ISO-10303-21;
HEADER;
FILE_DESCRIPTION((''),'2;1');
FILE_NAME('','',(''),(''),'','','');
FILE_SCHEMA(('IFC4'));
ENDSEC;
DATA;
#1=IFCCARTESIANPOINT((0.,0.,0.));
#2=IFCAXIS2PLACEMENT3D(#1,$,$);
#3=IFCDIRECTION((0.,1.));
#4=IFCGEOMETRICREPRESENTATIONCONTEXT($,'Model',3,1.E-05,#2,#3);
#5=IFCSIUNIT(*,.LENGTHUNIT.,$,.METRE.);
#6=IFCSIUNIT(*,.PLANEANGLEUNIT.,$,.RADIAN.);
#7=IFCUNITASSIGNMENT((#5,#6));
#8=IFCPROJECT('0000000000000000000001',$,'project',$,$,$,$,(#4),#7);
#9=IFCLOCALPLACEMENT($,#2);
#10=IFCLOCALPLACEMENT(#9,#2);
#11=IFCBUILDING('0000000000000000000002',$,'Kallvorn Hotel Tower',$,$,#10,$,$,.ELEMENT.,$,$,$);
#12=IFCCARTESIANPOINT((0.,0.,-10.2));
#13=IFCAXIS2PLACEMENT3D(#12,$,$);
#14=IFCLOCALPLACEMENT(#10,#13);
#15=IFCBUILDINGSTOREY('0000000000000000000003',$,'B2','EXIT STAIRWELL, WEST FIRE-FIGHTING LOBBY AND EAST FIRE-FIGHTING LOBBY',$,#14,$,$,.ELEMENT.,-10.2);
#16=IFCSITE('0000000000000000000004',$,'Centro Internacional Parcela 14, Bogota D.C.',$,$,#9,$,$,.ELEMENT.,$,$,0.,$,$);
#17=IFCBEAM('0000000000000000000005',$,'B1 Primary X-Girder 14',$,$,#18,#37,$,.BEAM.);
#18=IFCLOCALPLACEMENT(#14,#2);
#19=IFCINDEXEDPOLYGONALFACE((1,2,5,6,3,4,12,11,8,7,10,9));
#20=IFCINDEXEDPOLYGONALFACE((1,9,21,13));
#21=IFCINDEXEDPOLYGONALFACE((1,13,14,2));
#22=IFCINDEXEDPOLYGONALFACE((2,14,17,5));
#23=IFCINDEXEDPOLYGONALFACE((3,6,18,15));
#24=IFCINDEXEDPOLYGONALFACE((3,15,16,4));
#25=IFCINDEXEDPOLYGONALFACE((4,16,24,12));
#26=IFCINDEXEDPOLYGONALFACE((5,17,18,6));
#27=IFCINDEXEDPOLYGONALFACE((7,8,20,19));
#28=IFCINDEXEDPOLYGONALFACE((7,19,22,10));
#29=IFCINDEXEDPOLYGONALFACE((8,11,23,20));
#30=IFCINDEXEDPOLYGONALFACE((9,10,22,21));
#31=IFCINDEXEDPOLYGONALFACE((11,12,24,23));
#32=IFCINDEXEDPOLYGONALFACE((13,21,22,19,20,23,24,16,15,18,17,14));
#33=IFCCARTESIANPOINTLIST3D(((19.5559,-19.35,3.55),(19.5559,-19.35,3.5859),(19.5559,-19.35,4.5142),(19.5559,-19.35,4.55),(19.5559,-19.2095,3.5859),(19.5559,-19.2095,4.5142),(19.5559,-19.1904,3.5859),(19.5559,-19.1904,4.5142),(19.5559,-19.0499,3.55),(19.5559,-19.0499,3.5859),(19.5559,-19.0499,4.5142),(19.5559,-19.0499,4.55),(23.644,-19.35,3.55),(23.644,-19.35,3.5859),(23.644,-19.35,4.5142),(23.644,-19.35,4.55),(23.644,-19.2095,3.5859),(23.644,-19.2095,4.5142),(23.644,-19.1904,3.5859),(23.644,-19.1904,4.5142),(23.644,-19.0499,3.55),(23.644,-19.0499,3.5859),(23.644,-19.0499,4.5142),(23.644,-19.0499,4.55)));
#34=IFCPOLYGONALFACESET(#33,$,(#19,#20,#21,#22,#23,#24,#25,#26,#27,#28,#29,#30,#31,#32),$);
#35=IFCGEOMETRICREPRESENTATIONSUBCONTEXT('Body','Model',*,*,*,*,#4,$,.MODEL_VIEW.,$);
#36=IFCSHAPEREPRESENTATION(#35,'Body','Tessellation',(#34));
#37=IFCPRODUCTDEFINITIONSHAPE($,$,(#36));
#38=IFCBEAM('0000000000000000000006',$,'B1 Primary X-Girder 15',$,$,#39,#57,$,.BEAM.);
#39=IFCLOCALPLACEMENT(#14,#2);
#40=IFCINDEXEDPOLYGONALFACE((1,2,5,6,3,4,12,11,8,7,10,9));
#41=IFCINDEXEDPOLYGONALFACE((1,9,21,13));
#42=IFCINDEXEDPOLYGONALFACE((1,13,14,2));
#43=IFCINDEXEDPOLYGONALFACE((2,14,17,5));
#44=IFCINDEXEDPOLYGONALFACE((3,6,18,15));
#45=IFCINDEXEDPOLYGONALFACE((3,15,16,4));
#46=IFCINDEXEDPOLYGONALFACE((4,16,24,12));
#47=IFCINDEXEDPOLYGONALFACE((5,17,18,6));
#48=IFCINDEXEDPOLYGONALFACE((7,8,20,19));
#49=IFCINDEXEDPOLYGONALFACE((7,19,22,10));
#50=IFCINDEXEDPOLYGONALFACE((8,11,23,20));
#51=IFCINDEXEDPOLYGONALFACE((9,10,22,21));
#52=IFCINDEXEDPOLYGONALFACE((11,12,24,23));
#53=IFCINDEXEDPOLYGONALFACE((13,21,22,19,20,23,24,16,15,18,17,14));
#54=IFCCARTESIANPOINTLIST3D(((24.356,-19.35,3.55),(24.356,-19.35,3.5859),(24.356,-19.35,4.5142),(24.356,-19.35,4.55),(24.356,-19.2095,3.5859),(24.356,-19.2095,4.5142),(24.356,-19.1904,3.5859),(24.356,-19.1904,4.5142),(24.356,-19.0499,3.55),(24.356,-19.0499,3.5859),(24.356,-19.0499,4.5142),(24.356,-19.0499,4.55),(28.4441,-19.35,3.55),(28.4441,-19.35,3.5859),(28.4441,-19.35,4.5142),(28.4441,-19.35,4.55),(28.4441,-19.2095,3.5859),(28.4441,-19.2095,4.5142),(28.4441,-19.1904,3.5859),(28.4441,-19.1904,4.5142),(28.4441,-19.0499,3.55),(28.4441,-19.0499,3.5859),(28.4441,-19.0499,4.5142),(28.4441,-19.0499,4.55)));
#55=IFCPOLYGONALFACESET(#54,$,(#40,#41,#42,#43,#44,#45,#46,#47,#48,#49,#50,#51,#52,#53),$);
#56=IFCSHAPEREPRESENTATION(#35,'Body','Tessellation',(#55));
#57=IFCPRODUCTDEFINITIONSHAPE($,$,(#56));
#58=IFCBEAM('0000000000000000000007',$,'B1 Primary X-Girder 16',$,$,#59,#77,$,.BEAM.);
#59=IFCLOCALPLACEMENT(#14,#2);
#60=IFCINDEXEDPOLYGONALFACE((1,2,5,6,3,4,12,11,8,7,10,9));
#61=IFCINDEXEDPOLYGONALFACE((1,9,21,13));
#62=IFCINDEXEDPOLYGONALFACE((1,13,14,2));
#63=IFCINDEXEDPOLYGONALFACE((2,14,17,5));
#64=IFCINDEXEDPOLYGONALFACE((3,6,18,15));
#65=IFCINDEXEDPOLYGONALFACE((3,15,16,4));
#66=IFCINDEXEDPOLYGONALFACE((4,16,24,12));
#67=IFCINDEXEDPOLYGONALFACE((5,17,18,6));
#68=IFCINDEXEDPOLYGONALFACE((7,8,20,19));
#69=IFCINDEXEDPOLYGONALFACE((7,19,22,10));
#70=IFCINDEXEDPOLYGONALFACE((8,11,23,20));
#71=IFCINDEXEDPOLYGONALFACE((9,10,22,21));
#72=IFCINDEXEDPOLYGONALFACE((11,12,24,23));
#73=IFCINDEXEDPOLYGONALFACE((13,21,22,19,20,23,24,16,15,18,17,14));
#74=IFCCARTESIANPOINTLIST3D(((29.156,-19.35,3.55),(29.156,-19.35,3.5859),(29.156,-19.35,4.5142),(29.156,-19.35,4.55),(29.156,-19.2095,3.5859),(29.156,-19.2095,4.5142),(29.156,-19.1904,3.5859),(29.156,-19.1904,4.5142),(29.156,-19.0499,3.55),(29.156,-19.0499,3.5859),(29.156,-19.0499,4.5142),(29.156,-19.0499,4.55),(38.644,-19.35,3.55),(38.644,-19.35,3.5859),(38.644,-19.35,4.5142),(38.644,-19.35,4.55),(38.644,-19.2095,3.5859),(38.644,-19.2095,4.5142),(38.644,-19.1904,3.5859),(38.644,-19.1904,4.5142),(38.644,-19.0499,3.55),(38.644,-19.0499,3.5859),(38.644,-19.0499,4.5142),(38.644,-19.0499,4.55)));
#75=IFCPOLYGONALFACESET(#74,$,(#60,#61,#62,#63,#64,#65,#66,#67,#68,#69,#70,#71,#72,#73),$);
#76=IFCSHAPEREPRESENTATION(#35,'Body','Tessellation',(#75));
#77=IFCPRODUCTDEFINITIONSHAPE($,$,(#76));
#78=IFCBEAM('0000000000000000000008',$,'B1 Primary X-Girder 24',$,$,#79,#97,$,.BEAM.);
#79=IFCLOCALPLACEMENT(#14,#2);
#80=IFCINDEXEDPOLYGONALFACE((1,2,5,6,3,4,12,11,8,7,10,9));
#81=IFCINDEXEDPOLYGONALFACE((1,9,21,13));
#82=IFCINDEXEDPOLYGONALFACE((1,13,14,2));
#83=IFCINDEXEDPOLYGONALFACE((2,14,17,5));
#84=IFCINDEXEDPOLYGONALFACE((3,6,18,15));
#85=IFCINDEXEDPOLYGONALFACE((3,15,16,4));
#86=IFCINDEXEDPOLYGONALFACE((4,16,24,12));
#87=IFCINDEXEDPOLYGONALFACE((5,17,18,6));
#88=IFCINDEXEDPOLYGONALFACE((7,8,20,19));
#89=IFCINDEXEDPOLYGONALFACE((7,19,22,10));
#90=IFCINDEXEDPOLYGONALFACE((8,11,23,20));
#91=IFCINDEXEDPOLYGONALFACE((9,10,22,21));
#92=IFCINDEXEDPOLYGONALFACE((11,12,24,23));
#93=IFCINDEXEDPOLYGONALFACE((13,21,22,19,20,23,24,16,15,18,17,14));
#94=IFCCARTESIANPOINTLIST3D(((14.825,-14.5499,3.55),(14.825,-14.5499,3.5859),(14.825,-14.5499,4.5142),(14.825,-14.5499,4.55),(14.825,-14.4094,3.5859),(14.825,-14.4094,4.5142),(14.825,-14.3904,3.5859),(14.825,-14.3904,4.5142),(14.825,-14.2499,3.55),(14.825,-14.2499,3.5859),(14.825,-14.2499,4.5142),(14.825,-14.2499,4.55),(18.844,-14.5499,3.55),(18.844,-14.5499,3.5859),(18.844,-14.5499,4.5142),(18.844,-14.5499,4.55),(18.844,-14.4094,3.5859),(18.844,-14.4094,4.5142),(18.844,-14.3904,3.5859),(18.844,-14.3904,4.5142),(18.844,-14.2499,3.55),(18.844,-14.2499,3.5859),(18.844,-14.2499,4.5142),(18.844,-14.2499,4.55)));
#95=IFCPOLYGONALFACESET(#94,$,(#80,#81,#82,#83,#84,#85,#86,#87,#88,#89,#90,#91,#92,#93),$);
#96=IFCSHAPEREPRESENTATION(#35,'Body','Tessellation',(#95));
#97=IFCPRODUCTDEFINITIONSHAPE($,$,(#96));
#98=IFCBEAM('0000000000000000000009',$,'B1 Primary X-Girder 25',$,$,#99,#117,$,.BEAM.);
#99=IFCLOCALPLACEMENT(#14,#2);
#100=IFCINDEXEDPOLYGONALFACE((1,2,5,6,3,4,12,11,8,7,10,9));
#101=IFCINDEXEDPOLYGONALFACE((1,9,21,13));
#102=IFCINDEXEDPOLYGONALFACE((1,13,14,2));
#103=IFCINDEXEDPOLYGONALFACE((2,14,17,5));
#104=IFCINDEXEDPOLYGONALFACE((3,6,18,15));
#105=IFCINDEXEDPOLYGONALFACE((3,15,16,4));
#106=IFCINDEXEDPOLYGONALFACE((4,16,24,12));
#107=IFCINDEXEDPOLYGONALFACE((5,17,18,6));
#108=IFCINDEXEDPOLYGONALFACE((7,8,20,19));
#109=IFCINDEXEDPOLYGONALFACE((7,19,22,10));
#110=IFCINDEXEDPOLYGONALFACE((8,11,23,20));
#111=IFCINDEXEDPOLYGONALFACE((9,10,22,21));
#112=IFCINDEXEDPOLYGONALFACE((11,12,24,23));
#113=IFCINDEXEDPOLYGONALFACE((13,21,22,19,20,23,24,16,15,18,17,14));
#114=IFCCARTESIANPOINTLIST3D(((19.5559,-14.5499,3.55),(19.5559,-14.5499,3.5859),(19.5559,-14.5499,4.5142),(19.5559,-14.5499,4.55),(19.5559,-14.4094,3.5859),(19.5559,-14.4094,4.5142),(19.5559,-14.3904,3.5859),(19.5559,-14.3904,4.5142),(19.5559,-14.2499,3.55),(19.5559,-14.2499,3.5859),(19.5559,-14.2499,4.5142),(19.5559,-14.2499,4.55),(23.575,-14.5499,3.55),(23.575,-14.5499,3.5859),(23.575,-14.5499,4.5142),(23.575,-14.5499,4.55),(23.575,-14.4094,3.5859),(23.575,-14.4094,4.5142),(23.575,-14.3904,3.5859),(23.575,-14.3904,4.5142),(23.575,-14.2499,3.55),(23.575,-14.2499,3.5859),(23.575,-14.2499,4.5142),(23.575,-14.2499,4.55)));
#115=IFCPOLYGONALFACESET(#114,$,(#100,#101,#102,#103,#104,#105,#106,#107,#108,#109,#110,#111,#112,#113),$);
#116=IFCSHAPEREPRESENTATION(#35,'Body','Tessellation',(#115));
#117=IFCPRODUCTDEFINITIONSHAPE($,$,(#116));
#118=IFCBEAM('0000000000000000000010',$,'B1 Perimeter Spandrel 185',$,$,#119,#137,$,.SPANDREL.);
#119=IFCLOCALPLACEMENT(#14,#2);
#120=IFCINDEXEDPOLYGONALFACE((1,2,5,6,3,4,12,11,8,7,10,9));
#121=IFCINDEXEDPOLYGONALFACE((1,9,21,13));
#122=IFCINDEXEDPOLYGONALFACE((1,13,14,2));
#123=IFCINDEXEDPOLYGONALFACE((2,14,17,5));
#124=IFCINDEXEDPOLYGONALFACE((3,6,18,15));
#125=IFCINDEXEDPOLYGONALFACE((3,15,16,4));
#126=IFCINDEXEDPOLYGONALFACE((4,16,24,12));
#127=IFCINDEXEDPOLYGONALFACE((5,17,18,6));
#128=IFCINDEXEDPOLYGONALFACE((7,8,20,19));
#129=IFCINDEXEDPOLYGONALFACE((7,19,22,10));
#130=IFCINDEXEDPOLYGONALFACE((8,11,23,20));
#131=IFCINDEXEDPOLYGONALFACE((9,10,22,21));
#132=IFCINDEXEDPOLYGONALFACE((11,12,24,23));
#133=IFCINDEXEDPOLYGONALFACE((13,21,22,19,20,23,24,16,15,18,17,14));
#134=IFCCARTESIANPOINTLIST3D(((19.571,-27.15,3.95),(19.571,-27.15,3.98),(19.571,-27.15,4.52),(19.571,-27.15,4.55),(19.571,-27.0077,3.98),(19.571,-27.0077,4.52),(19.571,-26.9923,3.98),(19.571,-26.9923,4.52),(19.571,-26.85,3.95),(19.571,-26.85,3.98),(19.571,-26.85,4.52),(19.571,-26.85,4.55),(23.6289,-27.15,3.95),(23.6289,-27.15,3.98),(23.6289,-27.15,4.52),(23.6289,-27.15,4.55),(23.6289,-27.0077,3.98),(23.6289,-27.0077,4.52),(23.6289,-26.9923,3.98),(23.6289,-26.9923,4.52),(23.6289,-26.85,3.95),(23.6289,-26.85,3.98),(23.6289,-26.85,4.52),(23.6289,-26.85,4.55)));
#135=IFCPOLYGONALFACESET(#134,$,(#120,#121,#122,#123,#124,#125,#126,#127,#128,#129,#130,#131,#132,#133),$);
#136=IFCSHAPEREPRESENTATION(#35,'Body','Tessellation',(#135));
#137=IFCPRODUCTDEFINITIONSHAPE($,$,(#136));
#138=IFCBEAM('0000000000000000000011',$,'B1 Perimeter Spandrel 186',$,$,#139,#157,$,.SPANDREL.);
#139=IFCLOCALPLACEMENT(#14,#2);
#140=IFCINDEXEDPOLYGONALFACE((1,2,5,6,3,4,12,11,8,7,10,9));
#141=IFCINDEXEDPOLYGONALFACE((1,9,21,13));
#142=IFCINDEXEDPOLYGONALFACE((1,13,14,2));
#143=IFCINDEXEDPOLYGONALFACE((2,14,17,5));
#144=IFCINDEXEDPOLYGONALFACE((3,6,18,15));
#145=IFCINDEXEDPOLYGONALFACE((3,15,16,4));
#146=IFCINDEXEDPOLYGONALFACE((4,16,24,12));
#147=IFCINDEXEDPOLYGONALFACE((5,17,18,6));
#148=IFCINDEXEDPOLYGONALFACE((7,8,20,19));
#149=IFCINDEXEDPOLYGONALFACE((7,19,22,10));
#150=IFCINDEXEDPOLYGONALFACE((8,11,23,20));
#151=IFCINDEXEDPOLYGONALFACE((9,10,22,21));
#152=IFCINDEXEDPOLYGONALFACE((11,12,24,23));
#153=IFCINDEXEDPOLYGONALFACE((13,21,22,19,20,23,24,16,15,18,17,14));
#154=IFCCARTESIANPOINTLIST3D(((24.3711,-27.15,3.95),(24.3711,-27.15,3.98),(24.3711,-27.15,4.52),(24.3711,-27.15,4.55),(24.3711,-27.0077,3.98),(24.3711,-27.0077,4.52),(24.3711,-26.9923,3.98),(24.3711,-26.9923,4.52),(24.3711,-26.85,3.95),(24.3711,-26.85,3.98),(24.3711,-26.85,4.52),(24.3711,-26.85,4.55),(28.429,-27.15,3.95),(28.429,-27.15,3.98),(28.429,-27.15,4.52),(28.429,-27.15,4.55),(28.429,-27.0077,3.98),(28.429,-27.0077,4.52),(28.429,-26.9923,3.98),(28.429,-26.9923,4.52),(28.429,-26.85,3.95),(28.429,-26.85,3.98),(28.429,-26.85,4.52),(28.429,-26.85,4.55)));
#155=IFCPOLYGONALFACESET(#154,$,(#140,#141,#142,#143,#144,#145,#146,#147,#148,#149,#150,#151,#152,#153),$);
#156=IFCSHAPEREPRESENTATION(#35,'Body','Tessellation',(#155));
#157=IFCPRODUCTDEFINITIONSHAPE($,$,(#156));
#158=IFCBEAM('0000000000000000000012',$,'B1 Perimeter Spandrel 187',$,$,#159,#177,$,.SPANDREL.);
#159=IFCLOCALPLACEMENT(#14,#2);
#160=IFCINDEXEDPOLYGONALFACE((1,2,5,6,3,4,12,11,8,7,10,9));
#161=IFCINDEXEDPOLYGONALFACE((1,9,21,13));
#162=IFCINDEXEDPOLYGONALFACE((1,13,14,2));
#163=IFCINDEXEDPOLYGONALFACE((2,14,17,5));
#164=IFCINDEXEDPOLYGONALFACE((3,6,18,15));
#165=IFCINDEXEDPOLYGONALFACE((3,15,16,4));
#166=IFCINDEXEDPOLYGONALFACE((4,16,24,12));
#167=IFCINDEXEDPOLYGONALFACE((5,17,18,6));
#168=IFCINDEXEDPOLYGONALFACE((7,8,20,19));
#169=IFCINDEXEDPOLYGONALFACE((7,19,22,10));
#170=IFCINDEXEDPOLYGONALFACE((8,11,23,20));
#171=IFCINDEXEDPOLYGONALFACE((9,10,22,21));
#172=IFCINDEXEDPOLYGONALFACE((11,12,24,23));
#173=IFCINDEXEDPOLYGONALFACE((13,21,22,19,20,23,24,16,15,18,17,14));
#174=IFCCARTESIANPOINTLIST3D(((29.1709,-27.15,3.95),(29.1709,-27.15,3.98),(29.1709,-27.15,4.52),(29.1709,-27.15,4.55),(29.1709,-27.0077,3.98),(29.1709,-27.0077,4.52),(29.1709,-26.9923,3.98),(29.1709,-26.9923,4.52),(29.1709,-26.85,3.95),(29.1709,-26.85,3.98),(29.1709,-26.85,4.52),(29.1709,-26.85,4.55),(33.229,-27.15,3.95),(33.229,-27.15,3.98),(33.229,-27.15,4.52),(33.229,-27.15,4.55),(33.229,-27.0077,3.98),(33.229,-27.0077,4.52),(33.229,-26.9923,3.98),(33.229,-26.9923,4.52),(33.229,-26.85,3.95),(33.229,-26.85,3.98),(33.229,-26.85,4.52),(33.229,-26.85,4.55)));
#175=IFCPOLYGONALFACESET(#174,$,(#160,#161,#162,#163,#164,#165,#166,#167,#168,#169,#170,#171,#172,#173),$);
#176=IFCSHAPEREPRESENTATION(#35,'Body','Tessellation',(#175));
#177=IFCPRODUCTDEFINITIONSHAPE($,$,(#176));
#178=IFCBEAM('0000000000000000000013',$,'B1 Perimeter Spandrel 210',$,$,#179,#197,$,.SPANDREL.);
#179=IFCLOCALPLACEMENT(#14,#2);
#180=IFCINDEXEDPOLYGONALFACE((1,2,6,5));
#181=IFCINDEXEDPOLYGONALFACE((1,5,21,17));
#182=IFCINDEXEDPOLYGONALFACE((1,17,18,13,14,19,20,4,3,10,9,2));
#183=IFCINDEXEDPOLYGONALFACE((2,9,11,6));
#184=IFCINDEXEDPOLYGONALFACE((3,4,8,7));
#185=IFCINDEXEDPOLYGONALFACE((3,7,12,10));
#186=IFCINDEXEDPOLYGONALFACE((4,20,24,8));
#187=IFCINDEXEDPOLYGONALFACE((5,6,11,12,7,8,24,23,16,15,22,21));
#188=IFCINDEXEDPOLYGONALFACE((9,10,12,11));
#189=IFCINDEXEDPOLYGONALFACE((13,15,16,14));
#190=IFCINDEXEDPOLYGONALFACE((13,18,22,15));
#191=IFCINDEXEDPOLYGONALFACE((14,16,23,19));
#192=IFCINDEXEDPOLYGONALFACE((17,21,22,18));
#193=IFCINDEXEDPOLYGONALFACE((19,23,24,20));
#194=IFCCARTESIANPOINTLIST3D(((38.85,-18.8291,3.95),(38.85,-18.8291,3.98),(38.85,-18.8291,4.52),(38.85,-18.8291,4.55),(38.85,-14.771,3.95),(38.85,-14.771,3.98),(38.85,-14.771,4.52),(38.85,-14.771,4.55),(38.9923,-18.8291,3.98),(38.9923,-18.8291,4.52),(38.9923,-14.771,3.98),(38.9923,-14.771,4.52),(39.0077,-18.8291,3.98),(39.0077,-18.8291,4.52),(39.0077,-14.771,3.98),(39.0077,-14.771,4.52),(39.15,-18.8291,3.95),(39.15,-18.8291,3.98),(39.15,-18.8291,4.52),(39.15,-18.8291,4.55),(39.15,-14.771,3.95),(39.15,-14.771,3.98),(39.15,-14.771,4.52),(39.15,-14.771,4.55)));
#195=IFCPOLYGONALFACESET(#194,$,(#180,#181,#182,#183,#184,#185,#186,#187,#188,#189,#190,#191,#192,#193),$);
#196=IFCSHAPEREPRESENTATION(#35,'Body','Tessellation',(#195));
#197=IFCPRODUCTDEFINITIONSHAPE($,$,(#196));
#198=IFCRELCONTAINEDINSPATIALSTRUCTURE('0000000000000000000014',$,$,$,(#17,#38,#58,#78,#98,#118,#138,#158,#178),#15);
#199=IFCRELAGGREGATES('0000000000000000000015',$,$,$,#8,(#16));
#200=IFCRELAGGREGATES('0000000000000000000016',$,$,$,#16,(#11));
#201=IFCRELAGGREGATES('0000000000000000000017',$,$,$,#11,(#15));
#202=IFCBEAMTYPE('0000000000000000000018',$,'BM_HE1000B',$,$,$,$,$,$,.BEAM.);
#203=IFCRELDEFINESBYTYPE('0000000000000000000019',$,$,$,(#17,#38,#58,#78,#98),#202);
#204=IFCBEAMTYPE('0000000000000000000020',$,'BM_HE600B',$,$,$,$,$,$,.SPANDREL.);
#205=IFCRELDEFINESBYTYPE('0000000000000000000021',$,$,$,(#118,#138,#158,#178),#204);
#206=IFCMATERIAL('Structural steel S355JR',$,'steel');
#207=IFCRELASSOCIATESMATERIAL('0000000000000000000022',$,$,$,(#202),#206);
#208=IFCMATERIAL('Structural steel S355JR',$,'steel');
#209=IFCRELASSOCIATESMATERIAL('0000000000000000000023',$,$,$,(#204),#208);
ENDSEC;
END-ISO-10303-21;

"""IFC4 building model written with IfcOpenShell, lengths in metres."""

from ifc_helpers import new_model, si_unit, direction, frame, origin, origin_2d, place, context, subcontext, project, spatial, i_section, extrude, material, material_profile, profile_set, type_object, element, save


model = new_model("IFC4")

# Units and contexts
model_context = context("Model", 3, precision=1e-05, world=origin(), true_north=direction((0.0, 1.0)))
body_context = subcontext(model_context, "Body", "Model", "MODEL_VIEW")
ifc_project = project(units=[si_unit("LENGTHUNIT", "METRE"), si_unit("PLANEANGLEUNIT", "RADIAN")], contexts=[model_context])

# Site, building, storey
site_placement = place(None, origin())
site = spatial("IfcSite", under=ifc_project, at=site_placement, Name="Centro Internacional Parcela 14, Bogota D.C.", CompositionType="ELEMENT", RefElevation=0.0)
building_placement = place(site_placement, origin())
building = spatial("IfcBuilding", under=site, at=building_placement, Name="Kallvorn Hotel Tower", CompositionType="ELEMENT")
storey_placement = place(building_placement, frame((0.0, 0.0, -10.2)))
storey = spatial("IfcBuildingStorey", under=building, at=storey_placement, Name="B2", Description="EXIT STAIRWELL, WEST FIRE-FIGHTING LOBBY AND EAST FIRE-FIGHTING LOBBY", CompositionType="ELEMENT", Elevation=-10.2)

# Beams
ifc_material_1 = material(Name="Structural steel S355JR", Category="steel")
ifc_material_profile_1 = material_profile(ifc_material_1, i_section(OverallWidth=0.3, OverallDepth=1.0, WebThickness=0.019, FlangeThickness=0.0359, at=origin_2d()), Name="HE 1000 B")
ifc_profile_set_1 = profile_set([ifc_material_profile_1], Name="Structural steel S355JR")
beam_type_1 = type_object("IfcBeamType", Name="BM_HE1000B", PredefinedType="BEAM", material=ifc_profile_set_1)
for number, where, z_axis, x_axis, name in (
    (1, (19.5559, -19.2, 4.05), (1.0, 0.0, 0.0), (0.0, 1.0, 0.0), "B1 Primary X-Girder 14"),
    (2, (24.356, -19.2, 4.05), (1.0, 0.0, 0.0), (0.0, 1.0, 0.0), "B1 Primary X-Girder 15"),
):
    element("IfcBeam", number, at=place(storey_placement, frame(where, z_axis=z_axis, x_axis=x_axis)), inside=storey, type_object=beam_type_1, Name=name, PredefinedType="BEAM", context=body_context, shape_type="SweptSolid", body=[
        extrude(i_section(OverallWidth=0.3, OverallDepth=1.0, WebThickness=0.019, FlangeThickness=0.0359, at=origin_2d()), origin(), (0.0, 0.0, 1.0), 4.0881),
    ])
beam_1_placement = place(storey_placement, frame((29.156, -19.2, 4.05), z_axis=(1.0, 0.0, 0.0), x_axis=(0.0, 1.0, 0.0)))
element("IfcBeam", 3, at=beam_1_placement, inside=storey, type_object=beam_type_1, Name="B1 Primary X-Girder 16", PredefinedType="BEAM", context=body_context, shape_type="SweptSolid", body=[
    extrude(i_section(OverallWidth=0.3, OverallDepth=1.0, WebThickness=0.019, FlangeThickness=0.0359, at=origin_2d()), origin(), (0.0, 0.0, 1.0), 9.488),
])
for number, where, z_axis, x_axis, name in (
    (4, (14.825, -14.3999, 4.05), (1.0, 0.0, 0.0), (0.0, 1.0, 0.0), "B1 Primary X-Girder 24"),
    (5, (19.5559, -14.3999, 4.05), (1.0, 0.0, 0.0), (0.0, 1.0, 0.0), "B1 Primary X-Girder 25"),
):
    element("IfcBeam", number, at=place(storey_placement, frame(where, z_axis=z_axis, x_axis=x_axis)), inside=storey, type_object=beam_type_1, Name=name, PredefinedType="BEAM", context=body_context, shape_type="SweptSolid", body=[
        extrude(i_section(OverallWidth=0.3, OverallDepth=1.0, WebThickness=0.019, FlangeThickness=0.0359, at=origin_2d()), origin(), (0.0, 0.0, 1.0), 4.019),
    ])
ifc_material_2 = material(Name="Structural steel S355JR", Category="steel")
ifc_material_profile_2 = material_profile(ifc_material_2, i_section(OverallWidth=0.3, OverallDepth=0.6001, WebThickness=0.0154, FlangeThickness=0.03, at=origin_2d()), Name="HE 600 B")
ifc_profile_set_2 = profile_set([ifc_material_profile_2], Name="Structural steel S355JR")
beam_type_2 = type_object("IfcBeamType", Name="BM_HE600B", PredefinedType="SPANDREL", material=ifc_profile_set_2)
for number, where, z_axis, x_axis, name in (
    (6, (19.571, -27.0, 4.25), (1.0, 0.0, 0.0), (0.0, 1.0, 0.0), "B1 Perimeter Spandrel 185"),
    (7, (24.3711, -27.0, 4.25), (1.0, 0.0, 0.0), (0.0, 1.0, 0.0), "B1 Perimeter Spandrel 186"),
):
    element("IfcBeam", number, at=place(storey_placement, frame(where, z_axis=z_axis, x_axis=x_axis)), inside=storey, type_object=beam_type_2, Name=name, PredefinedType="SPANDREL", context=body_context, shape_type="SweptSolid", body=[
        extrude(i_section(OverallWidth=0.3, OverallDepth=0.6001, WebThickness=0.0154, FlangeThickness=0.03, at=origin_2d()), origin(), (0.0, 0.0, 1.0), 4.0579),
    ])
for number, where, z_axis, x_axis, name in (
    (8, (29.1709, -27.0, 4.25), (1.0, 0.0, 0.0), (0.0, 1.0, 0.0), "B1 Perimeter Spandrel 187"),
    (9, (39.0, -18.8291, 4.25), (0.0, 1.0, 0.0), (-1.0, 0.0, 0.0), "B1 Perimeter Spandrel 210"),
):
    element("IfcBeam", number, at=place(storey_placement, frame(where, z_axis=z_axis, x_axis=x_axis)), inside=storey, type_object=beam_type_2, Name=name, PredefinedType="SPANDREL", context=body_context, shape_type="SweptSolid", body=[
        extrude(i_section(OverallWidth=0.3, OverallDepth=0.6001, WebThickness=0.0154, FlangeThickness=0.03, at=origin_2d()), origin(), (0.0, 0.0, 1.0), 4.0581),
    ])

save(model, "model.ifc")
